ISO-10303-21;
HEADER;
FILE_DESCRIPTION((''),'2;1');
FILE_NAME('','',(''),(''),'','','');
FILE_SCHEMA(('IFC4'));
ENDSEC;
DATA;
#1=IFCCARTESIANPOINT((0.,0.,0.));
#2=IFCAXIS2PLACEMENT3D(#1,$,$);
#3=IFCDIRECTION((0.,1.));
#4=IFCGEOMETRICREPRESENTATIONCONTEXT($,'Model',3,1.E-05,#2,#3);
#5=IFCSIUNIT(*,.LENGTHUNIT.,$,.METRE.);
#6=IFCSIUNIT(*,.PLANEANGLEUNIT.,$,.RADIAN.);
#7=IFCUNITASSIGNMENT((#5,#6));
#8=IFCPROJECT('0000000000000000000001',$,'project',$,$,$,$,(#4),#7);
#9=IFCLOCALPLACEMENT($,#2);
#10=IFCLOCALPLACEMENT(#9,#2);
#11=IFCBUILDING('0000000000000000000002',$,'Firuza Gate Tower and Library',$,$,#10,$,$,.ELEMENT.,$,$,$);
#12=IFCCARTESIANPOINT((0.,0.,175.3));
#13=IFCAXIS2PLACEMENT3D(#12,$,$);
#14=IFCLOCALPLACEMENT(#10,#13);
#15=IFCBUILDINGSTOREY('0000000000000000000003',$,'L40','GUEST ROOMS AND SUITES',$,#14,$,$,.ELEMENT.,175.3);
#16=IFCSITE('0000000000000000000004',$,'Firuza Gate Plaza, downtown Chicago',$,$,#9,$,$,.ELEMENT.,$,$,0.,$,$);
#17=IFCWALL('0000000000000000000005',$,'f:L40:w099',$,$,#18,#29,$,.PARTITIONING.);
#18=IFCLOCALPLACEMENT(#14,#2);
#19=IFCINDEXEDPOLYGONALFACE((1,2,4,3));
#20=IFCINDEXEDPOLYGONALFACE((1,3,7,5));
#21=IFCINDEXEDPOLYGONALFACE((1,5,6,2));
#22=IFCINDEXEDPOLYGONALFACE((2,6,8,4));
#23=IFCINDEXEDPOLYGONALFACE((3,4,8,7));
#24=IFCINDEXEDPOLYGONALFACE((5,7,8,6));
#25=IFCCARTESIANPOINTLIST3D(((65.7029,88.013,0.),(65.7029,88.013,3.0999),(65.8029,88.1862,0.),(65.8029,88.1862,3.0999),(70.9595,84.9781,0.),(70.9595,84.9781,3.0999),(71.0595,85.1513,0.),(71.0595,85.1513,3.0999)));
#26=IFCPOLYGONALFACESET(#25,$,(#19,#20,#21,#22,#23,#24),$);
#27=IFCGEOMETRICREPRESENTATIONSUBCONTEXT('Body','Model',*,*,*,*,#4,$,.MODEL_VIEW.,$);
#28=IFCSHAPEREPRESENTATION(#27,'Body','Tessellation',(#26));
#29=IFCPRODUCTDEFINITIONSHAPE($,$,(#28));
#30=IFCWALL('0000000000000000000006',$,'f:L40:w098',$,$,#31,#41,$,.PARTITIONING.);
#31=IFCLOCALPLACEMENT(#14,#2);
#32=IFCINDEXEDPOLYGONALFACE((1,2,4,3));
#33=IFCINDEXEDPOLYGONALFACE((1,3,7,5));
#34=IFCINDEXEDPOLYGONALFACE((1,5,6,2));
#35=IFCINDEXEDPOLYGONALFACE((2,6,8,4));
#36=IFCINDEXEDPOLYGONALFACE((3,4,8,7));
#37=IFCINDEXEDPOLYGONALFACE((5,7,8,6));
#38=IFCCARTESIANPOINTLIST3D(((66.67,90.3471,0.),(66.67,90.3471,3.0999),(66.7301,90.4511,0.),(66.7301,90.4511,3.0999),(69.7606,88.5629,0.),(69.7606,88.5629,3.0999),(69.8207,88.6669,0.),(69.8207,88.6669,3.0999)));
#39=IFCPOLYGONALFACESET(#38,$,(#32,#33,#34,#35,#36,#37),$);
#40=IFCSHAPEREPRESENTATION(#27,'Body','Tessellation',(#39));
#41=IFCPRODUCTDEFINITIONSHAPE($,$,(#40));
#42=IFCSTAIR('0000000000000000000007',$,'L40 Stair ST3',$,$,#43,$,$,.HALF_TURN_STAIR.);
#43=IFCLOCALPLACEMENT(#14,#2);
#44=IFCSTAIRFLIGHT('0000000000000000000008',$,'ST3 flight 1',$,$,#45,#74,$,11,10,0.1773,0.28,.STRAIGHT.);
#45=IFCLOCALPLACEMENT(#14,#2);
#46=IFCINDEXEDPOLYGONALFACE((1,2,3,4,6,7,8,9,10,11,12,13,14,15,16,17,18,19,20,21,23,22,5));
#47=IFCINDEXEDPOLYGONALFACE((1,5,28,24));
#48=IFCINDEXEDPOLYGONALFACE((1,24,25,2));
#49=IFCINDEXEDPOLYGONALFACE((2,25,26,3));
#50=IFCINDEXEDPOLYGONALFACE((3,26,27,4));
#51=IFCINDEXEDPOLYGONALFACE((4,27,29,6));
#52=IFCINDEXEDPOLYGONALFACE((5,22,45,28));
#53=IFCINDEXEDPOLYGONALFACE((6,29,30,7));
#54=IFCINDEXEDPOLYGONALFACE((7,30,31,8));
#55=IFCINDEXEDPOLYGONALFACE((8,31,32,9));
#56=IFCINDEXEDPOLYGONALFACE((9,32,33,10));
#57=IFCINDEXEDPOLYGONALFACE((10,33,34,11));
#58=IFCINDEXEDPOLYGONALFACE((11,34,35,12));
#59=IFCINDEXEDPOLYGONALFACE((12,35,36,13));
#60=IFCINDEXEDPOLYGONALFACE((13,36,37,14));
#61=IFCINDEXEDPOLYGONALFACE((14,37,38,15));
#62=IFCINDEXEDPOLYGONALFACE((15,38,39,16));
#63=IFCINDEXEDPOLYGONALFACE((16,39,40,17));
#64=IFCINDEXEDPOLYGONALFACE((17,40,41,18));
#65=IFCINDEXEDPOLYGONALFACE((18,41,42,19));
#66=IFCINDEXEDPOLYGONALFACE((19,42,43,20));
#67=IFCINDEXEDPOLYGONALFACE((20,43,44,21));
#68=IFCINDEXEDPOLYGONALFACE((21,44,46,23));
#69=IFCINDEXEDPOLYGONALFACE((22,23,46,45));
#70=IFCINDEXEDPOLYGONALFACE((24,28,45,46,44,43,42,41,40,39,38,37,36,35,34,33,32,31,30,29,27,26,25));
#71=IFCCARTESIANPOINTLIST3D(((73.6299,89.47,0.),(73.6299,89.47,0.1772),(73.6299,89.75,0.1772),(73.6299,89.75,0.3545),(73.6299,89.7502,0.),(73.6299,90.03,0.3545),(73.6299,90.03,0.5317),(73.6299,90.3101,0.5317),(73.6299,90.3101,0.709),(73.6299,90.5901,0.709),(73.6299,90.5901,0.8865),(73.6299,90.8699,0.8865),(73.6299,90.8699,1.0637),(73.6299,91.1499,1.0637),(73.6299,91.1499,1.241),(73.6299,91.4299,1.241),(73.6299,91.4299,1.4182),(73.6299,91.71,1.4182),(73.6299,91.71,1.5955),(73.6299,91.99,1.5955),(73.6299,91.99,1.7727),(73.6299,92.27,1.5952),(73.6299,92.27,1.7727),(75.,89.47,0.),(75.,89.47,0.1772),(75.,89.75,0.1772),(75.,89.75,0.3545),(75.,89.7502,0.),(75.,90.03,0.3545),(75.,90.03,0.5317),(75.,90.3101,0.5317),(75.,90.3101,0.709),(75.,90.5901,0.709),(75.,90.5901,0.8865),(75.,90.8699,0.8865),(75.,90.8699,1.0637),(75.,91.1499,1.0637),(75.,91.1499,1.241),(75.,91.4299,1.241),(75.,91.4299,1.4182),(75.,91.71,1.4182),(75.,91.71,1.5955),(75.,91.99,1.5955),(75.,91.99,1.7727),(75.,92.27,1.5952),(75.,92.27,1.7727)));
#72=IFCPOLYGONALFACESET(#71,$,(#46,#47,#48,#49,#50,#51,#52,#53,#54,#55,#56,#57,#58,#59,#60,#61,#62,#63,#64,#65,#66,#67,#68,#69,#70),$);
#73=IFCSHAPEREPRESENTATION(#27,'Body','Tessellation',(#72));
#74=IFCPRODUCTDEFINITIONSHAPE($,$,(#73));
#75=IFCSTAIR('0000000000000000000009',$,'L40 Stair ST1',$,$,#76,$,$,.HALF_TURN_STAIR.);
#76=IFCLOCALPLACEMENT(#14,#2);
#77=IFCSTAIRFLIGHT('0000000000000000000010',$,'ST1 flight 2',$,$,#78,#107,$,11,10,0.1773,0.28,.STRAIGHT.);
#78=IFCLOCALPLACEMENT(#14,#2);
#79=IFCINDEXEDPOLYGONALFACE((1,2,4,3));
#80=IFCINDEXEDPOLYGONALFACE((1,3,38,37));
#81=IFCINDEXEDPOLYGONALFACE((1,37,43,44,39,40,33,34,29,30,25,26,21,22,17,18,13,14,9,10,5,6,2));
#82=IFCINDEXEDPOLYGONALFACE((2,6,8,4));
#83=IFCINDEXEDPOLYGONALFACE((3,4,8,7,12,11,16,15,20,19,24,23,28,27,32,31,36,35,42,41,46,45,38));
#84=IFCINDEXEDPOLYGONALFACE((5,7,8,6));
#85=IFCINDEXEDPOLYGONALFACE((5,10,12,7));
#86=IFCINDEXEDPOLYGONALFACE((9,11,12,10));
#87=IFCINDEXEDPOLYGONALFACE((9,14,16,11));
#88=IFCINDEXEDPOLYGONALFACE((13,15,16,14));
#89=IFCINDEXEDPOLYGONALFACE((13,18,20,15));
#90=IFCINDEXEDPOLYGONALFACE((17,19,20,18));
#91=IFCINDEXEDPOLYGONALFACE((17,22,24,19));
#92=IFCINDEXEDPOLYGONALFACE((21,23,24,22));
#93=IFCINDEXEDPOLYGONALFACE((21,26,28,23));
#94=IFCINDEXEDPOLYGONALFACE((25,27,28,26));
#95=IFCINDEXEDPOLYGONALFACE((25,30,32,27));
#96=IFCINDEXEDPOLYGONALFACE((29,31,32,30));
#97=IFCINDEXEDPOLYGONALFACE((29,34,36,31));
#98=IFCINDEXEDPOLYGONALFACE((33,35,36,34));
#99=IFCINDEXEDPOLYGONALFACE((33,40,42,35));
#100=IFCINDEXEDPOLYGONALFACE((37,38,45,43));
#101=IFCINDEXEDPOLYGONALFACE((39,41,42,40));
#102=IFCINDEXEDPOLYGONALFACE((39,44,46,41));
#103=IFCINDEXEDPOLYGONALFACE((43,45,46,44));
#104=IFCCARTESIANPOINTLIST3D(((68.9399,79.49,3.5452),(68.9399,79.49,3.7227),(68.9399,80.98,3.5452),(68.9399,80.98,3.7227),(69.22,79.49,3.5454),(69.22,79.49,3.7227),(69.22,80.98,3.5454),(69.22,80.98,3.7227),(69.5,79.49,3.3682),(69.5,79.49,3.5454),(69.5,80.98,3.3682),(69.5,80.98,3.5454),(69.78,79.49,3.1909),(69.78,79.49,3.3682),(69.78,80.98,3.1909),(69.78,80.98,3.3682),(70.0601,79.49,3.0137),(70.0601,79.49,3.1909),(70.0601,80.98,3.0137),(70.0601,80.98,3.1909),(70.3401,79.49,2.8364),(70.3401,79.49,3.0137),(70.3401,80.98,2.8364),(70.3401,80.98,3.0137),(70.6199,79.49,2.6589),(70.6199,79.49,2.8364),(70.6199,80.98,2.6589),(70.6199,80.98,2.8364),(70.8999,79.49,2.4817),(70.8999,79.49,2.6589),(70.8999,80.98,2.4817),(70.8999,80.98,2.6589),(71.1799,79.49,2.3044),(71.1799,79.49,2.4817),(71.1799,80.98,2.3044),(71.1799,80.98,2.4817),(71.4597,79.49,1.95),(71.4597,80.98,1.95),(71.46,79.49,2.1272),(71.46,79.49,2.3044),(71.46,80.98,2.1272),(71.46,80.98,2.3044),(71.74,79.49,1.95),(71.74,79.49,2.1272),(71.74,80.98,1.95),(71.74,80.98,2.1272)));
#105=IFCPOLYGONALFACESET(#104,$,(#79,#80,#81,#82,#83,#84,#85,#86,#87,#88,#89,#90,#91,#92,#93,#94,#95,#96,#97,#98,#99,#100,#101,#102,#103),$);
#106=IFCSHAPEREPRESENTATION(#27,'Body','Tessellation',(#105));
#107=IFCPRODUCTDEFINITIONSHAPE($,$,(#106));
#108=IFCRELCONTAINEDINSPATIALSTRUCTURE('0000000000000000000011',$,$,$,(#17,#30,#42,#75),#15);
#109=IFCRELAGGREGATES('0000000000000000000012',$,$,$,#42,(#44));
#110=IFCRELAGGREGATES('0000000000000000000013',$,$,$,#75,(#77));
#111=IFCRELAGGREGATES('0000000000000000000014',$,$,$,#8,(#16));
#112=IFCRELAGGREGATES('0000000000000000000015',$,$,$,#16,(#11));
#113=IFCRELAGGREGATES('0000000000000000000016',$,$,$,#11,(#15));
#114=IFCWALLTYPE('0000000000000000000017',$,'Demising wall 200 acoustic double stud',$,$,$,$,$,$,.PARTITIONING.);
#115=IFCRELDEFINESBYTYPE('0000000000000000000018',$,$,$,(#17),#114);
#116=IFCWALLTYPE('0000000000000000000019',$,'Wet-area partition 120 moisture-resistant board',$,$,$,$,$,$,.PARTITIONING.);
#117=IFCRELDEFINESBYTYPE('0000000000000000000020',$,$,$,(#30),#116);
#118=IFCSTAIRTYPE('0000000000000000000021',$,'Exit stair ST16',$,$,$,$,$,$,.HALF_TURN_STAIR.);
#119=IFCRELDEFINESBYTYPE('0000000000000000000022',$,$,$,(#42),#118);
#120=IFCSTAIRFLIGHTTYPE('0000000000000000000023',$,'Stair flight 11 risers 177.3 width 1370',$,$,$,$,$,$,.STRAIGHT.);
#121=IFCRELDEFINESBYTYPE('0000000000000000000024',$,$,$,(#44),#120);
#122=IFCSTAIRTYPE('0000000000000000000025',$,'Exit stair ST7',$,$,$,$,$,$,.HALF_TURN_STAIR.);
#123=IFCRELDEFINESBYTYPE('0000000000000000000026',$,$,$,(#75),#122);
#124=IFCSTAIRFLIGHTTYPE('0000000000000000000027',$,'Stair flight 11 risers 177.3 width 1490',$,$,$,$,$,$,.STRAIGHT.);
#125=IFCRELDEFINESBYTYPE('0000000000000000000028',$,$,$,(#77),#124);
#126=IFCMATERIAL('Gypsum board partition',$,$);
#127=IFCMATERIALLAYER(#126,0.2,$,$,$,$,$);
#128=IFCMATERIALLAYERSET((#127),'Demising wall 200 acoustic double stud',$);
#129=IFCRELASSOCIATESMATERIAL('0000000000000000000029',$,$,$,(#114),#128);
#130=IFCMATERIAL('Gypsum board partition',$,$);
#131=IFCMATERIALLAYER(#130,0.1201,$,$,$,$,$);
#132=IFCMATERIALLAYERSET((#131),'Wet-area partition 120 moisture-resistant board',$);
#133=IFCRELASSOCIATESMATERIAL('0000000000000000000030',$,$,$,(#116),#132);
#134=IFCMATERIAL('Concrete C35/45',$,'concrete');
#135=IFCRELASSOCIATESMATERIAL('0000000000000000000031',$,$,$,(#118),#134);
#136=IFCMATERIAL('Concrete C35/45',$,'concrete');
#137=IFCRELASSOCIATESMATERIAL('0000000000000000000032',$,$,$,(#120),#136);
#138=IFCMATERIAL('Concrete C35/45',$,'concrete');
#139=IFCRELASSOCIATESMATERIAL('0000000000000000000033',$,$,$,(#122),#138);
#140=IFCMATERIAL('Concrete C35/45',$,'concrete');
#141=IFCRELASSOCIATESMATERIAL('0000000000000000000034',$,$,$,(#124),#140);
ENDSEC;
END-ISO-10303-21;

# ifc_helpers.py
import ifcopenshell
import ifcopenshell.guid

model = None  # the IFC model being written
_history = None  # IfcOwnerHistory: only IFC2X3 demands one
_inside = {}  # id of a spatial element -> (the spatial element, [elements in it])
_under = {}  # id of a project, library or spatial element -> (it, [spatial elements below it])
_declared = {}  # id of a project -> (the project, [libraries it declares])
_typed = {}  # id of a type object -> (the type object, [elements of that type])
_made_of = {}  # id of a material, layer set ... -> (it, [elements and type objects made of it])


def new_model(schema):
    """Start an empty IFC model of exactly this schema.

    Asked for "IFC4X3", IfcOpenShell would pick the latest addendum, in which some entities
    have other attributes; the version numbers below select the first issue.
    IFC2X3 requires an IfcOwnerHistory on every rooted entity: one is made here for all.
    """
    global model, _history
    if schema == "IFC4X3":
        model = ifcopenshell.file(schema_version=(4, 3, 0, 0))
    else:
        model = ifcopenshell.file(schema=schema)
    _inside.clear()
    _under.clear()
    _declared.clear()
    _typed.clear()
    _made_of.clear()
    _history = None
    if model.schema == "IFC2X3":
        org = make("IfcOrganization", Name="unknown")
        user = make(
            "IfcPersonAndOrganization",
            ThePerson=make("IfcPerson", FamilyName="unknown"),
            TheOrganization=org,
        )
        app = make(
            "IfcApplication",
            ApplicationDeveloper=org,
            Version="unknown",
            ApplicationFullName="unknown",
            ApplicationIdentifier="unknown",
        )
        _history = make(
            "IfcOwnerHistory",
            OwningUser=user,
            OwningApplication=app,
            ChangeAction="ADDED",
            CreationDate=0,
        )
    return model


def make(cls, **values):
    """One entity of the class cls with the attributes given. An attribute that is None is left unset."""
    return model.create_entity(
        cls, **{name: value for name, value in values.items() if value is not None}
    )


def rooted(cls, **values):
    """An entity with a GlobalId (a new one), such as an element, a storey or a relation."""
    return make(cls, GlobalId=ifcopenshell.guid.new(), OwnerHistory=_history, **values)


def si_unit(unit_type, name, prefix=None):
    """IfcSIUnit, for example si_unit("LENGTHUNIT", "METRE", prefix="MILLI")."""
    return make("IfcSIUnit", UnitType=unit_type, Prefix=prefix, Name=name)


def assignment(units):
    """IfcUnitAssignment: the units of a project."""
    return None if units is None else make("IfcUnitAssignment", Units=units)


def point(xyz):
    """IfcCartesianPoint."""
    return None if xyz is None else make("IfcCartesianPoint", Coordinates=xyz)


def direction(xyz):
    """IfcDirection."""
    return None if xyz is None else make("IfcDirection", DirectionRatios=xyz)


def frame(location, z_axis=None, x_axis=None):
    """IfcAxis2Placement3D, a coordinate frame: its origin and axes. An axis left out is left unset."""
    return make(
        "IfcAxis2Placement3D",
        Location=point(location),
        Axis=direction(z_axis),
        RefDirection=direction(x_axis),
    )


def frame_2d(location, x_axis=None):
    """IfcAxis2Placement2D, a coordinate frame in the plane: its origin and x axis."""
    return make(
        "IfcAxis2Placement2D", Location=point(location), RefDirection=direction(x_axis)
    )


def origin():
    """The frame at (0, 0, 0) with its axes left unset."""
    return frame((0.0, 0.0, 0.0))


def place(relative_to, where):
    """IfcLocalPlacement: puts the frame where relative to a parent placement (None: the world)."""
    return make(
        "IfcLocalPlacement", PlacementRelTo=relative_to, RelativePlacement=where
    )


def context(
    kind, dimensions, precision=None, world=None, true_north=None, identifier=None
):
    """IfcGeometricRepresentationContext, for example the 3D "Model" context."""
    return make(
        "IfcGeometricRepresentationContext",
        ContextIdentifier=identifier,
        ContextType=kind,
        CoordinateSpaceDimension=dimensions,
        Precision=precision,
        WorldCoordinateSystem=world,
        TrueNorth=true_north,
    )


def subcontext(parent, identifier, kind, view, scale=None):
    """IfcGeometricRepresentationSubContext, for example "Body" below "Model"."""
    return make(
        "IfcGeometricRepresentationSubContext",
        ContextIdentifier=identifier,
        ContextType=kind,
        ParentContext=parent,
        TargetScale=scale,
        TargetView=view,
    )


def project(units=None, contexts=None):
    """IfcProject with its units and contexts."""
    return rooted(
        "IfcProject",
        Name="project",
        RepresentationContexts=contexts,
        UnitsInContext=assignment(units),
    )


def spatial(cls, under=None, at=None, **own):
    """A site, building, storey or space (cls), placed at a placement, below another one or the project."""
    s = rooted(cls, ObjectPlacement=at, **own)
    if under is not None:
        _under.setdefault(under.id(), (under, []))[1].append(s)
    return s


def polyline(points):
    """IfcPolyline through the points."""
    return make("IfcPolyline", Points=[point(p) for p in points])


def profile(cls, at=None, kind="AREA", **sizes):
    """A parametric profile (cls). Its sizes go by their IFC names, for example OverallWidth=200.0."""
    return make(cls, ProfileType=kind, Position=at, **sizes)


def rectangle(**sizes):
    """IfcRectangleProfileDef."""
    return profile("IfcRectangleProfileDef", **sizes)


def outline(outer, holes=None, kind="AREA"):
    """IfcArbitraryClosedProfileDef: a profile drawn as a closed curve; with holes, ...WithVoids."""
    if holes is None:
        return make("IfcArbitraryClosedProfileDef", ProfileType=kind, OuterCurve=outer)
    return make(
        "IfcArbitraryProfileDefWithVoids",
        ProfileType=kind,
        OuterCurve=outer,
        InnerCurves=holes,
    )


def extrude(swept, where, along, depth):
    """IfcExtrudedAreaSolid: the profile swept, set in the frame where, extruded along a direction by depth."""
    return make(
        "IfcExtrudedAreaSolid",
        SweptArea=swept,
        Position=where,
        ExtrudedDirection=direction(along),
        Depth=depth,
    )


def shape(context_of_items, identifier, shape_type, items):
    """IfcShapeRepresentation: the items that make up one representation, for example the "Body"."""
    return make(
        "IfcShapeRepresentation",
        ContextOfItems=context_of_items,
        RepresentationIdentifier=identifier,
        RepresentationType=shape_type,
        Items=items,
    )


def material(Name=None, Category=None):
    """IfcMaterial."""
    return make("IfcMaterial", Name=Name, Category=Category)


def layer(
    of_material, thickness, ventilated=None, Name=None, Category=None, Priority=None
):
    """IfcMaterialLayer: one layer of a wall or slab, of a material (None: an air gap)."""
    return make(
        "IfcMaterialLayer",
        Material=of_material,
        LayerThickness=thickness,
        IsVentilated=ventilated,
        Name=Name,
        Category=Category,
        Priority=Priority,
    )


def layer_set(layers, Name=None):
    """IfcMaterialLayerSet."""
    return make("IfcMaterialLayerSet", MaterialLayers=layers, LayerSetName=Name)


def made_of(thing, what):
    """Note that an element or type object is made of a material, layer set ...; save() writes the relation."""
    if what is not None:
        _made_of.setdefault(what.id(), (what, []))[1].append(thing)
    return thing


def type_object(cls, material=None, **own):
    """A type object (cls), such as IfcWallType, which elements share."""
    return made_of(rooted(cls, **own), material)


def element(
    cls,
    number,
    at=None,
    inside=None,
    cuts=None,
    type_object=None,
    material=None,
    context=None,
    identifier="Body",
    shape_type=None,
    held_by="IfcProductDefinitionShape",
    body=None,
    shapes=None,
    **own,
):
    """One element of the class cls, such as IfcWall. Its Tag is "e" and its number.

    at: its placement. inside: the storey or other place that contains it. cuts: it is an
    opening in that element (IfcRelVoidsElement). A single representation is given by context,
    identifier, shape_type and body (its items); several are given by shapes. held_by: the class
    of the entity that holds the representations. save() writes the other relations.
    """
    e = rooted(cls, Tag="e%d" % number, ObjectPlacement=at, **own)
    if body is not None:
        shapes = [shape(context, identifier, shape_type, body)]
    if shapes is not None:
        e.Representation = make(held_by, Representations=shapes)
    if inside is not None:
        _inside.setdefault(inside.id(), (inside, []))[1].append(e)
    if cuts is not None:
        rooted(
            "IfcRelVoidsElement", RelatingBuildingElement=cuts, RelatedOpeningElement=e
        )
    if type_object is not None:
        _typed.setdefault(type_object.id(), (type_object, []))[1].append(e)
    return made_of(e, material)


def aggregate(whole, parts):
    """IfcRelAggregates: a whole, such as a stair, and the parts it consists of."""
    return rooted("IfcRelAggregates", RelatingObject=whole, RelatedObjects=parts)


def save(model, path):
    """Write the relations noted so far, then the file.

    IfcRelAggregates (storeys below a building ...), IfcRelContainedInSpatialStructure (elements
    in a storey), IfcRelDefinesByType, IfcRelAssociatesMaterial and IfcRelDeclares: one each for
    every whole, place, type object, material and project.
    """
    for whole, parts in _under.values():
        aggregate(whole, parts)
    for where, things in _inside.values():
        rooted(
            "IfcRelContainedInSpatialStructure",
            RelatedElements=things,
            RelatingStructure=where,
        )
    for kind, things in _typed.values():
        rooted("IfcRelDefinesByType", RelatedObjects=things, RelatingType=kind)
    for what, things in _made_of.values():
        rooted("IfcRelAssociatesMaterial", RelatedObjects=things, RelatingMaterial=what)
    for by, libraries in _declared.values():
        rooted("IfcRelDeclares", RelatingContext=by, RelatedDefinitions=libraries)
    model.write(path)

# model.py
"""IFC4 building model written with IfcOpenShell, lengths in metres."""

from ifc_helpers import new_model, si_unit, direction, frame, frame_2d, origin, place, context, subcontext, project, spatial, polyline, rectangle, outline, extrude, material, layer, layer_set, type_object, element, aggregate, save


model = new_model("IFC4")

# Units and contexts
model_context = context("Model", 3, precision=1e-05, world=origin(), true_north=direction((0.0, 1.0)))
body_context = subcontext(model_context, "Body", "Model", "MODEL_VIEW")
ifc_project = project(units=[si_unit("LENGTHUNIT", "METRE"), si_unit("PLANEANGLEUNIT", "RADIAN")], contexts=[model_context])

# Site, building, storey
site_placement = place(None, origin())
site = spatial("IfcSite", under=ifc_project, at=site_placement, Name="Firuza Gate Plaza, downtown Chicago", CompositionType="ELEMENT", RefElevation=0.0)
building_placement = place(site_placement, origin())
building = spatial("IfcBuilding", under=site, at=building_placement, Name="Firuza Gate Tower and Library", CompositionType="ELEMENT")
storey_placement = place(building_placement, frame((0.0, 0.0, 175.3)))
storey = spatial("IfcBuildingStorey", under=building, at=storey_placement, Name="L40", Description="GUEST ROOMS AND SUITES", CompositionType="ELEMENT", Elevation=175.3)

# Walls
ifc_material_1 = material(Name="Gypsum board partition")
ifc_layer_1 = layer(ifc_material_1, 0.2)
ifc_layer_set_1 = layer_set([ifc_layer_1], Name="Demising wall 200 acoustic double stud")
wall_type_1 = type_object("IfcWallType", Name="Demising wall 200 acoustic double stud", PredefinedType="PARTITIONING", material=ifc_layer_set_1)
wall_1_placement = place(storey_placement, frame((71.0095, 85.0647, 0.0), z_axis=(0.0, 0.0, 1.0), x_axis=(-0.866024, 0.500002, 0.0)))
element("IfcWall", 1, at=wall_1_placement, inside=storey, type_object=wall_type_1, Name="f:L40:w099", PredefinedType="PARTITIONING", context=body_context, shape_type="SweptSolid", body=[
    extrude(rectangle(XDim=6.0698, YDim=0.2, at=frame_2d((3.0349, 0.0))), origin(), (0.0, 0.0, 1.0), 3.0999),
])
ifc_material_2 = material(Name="Gypsum board partition")
ifc_layer_2 = layer(ifc_material_2, 0.1201)
ifc_layer_set_2 = layer_set([ifc_layer_2], Name="Wet-area partition 120 moisture-resistant board")
wall_type_2 = type_object("IfcWallType", Name="Wet-area partition 120 moisture-resistant board", PredefinedType="PARTITIONING", material=ifc_layer_set_2)
wall_2_placement = place(storey_placement, frame((69.7905, 88.615, 0.0), z_axis=(0.0, 0.0, 1.0), x_axis=(-0.866045, 0.499965, 0.0)))
element("IfcWall", 2, at=wall_2_placement, inside=storey, type_object=wall_type_2, Name="f:L40:w098", PredefinedType="PARTITIONING", context=body_context, shape_type="SweptSolid", body=[
    extrude(rectangle(XDim=3.5686, YDim=0.1201, at=frame_2d((1.7842, 0.0))), origin(), (0.0, 0.0, 1.0), 3.0999),
])

# Stairs, stair flights
ifc_material_3 = material(Name="Concrete C35/45", Category="concrete")
stair_type_1 = type_object("IfcStairType", Name="Exit stair ST16", PredefinedType="HALF_TURN_STAIR", material=ifc_material_3)
placement = place(storey_placement, origin())
stair_1 = element("IfcStair", 3, at=placement, inside=storey, type_object=stair_type_1, Name="L40 Stair ST3", PredefinedType="HALF_TURN_STAIR")
ifc_material_4 = material(Name="Concrete C35/45", Category="concrete")
stair_flight_type_1 = type_object("IfcStairFlightType", Name="Stair flight 11 risers 177.3 width 1370", PredefinedType="STRAIGHT", material=ifc_material_4)
stair_flight_1_placement = place(storey_placement, frame((74.3149, 89.47, 0.0), z_axis=(0.0, 0.0, 1.0), x_axis=(0.0, 1.0, 0.0)))
stair_flight_1 = element("IfcStairFlight", 4, at=stair_flight_1_placement, type_object=stair_flight_type_1, Name="ST3 flight 1", NumberOfRisers=11, NumberOfTreads=10, PredefinedType="STRAIGHT", RiserHeight=0.1773, TreadLength=0.28, context=body_context, shape_type="SweptSolid", body=[
    extrude(outline(polyline([(0.0, 0.0), (0.0, 0.1772), (0.28, 0.1772), (0.28, 0.3545), (0.5601, 0.3545), (0.5601, 0.5317), (0.8401, 0.5317), (0.8401, 0.709), (1.1201, 0.709), (1.1201, 0.8865), (1.3999, 0.8865), (1.3999, 1.0637), (1.6799, 1.0637), (1.6799, 1.241), (1.96, 1.241), (1.96, 1.4182), (2.24, 1.4182), (2.24, 1.5955), (2.52, 1.5955), (2.52, 1.7727), (2.8, 1.7727), (2.8, 1.95), (2.8, 1.5952), (0.2803, 0.0), (0.0, 0.0)])), frame((0.0, 0.6851, 0.0), z_axis=(0.0, -1.0, 0.0), x_axis=(1.0, 0.0, 0.0)), (0.0, 0.0, 1.0), 1.3701),
])
aggregate(stair_1, [stair_flight_1])
ifc_material_5 = material(Name="Concrete C35/45", Category="concrete")
stair_type_2 = type_object("IfcStairType", Name="Exit stair ST7", PredefinedType="HALF_TURN_STAIR", material=ifc_material_5)
stair_2 = element("IfcStair", 5, at=placement, inside=storey, type_object=stair_type_2, Name="L40 Stair ST1", PredefinedType="HALF_TURN_STAIR")
ifc_material_6 = material(Name="Concrete C35/45", Category="concrete")
stair_flight_type_2 = type_object("IfcStairFlightType", Name="Stair flight 11 risers 177.3 width 1490", PredefinedType="STRAIGHT", material=ifc_material_6)
stair_flight_2_placement = place(storey_placement, frame((71.74, 80.2351, 1.95), z_axis=(0.0, 0.0, 1.0), x_axis=(-1.0, 0.0, 0.0)))
stair_flight_2 = element("IfcStairFlight", 6, at=stair_flight_2_placement, type_object=stair_flight_type_2, Name="ST1 flight 2", NumberOfRisers=11, NumberOfTreads=10, PredefinedType="STRAIGHT", RiserHeight=0.1773, TreadLength=0.28, context=body_context, shape_type="SweptSolid", body=[
    extrude(outline(polyline([(0.0, 0.0), (0.0, 0.1772), (0.28, 0.1772), (0.28, 0.3545), (0.5601, 0.3545), (0.5601, 0.5317), (0.8401, 0.5317), (0.8401, 0.709), (1.1201, 0.709), (1.1201, 0.8865), (1.3999, 0.8865), (1.3999, 1.0637), (1.6799, 1.0637), (1.6799, 1.241), (1.96, 1.241), (1.96, 1.4182), (2.24, 1.4182), (2.24, 1.5955), (2.52, 1.5955), (2.52, 1.7727), (2.8, 1.7727), (2.8, 1.95), (2.8, 1.5952), (0.2803, 0.0), (0.0, 0.0)])), frame((0.0, 0.7451, 0.0), z_axis=(0.0, -1.0, 0.0), x_axis=(1.0, 0.0, 0.0)), (0.0, 0.0, 1.0), 1.49),
])
aggregate(stair_2, [stair_flight_2])

save(model, "model.ifc")
